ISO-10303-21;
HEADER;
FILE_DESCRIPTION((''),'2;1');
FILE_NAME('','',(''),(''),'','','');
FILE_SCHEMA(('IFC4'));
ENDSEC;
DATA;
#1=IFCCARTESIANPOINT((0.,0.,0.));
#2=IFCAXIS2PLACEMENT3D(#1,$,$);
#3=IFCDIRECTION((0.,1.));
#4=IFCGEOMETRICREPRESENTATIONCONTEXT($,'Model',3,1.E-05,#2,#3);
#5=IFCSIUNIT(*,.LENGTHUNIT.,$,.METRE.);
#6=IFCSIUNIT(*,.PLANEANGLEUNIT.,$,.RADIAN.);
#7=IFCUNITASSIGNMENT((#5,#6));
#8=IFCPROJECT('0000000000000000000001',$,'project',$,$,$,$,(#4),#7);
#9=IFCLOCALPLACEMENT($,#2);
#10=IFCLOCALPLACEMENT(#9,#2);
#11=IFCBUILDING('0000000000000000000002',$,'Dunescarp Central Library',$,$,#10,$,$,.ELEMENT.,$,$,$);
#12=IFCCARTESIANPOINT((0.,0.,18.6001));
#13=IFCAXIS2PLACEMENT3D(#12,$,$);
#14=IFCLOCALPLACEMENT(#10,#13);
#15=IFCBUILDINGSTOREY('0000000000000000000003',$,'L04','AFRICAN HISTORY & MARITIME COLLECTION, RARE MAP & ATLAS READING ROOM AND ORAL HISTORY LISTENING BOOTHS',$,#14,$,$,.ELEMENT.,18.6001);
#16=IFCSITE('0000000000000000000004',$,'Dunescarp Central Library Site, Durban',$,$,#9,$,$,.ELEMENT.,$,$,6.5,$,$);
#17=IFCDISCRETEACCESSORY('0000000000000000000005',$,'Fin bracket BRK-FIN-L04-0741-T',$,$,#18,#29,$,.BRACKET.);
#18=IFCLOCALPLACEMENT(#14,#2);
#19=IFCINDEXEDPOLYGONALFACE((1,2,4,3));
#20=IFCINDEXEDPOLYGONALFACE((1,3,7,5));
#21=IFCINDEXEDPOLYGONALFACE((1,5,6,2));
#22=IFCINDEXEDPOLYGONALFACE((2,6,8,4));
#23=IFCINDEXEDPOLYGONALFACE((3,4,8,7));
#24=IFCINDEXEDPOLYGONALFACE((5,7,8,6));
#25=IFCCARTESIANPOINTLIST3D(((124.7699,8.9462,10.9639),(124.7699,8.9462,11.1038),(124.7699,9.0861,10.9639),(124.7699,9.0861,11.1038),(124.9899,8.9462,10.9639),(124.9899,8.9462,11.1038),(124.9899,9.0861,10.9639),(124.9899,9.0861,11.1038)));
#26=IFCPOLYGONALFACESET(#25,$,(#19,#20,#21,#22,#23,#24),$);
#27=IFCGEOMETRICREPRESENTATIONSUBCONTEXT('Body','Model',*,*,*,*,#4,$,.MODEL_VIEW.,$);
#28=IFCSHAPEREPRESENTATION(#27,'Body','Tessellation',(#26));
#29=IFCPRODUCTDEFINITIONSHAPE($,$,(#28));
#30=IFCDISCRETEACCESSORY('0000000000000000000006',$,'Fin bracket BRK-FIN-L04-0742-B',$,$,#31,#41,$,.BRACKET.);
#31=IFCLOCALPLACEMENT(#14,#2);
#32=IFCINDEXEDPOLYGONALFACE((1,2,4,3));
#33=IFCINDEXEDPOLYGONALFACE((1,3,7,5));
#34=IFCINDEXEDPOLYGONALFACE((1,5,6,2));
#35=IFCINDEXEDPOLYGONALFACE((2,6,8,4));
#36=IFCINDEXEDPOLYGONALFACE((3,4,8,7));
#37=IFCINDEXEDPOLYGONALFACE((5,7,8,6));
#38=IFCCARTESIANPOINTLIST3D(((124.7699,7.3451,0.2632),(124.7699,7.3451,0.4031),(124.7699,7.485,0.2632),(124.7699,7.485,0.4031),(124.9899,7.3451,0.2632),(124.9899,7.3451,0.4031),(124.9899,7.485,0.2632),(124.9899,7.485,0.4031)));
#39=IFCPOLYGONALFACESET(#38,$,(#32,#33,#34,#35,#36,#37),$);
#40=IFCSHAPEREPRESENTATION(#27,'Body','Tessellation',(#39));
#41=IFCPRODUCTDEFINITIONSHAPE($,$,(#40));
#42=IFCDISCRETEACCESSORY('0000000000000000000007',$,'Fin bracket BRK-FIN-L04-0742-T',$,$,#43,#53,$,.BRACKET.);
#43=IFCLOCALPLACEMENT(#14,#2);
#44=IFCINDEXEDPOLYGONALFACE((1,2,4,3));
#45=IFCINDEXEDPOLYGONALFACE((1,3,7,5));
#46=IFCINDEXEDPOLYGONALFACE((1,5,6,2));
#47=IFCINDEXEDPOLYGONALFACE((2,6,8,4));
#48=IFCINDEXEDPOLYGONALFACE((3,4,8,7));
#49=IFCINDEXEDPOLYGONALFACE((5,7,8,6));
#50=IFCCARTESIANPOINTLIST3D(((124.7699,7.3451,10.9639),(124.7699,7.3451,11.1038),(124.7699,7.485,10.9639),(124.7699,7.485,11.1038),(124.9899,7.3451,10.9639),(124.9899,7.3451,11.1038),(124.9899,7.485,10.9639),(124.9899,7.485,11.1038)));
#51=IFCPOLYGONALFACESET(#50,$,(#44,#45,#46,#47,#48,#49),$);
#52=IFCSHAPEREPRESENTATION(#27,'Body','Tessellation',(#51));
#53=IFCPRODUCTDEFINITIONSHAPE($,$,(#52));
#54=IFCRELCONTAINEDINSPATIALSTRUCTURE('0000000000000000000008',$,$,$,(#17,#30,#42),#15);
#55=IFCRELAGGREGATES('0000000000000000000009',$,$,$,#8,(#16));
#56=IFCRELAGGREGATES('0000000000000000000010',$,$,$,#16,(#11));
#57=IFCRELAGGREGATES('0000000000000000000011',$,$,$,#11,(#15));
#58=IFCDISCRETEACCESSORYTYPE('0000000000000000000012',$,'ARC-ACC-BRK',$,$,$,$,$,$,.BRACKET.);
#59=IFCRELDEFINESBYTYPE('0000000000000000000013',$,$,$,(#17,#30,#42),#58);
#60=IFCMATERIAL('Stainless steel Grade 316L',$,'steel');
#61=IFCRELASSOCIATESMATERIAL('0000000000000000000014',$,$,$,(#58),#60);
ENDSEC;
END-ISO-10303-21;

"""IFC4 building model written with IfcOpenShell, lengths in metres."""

from ifc_helpers import new_model, si_unit, direction, frame, origin, origin_2d, place, context, subcontext, project, spatial, rectangle, extrude, material, type_object, element, save


model = new_model("IFC4")

# Units and contexts
model_context = context("Model", 3, precision=1e-05, world=origin(), true_north=direction((0.0, 1.0)))
body_context = subcontext(model_context, "Body", "Model", "MODEL_VIEW")
ifc_project = project(units=[si_unit("LENGTHUNIT", "METRE"), si_unit("PLANEANGLEUNIT", "RADIAN")], contexts=[model_context])

# Site, building, storey
site_placement = place(None, origin())
site = spatial("IfcSite", under=ifc_project, at=site_placement, Name="Dunescarp Central Library Site, Durban", CompositionType="ELEMENT", RefElevation=6.5)
building_placement = place(site_placement, origin())
building = spatial("IfcBuilding", under=site, at=building_placement, Name="Dunescarp Central Library", CompositionType="ELEMENT")
storey_placement = place(building_placement, frame((0.0, 0.0, 18.6001)))
storey = spatial("IfcBuildingStorey", under=building, at=storey_placement, Name="L04", Description="AFRICAN HISTORY & MARITIME COLLECTION, RARE MAP & ATLAS READING ROOM AND ORAL HISTORY LISTENING BOOTHS", CompositionType="ELEMENT", Elevation=18.6001)

# Discrete accessories
ifc_material_1 = material(Name="Stainless steel Grade 316L", Category="steel")
discrete_accessory_type = type_object("IfcDiscreteAccessoryType", Name="ARC-ACC-BRK", PredefinedType="BRACKET", material=ifc_material_1)
for number, where, z_axis, x_axis, name in (
    (1, (124.8799, 9.0161, 10.9639), (0.0, 0.0, 1.0), (1.0, 0.0, 0.0), "Fin bracket BRK-FIN-L04-0741-T"),
    (2, (124.8799, 7.415, 0.2632), (0.0, 0.0, 1.0), (1.0, 0.0, 0.0), "Fin bracket BRK-FIN-L04-0742-B"),
    (3, (124.8799, 7.415, 10.9639), (0.0, 0.0, 1.0), (1.0, 0.0, 0.0), "Fin bracket BRK-FIN-L04-0742-T"),
):
    element("IfcDiscreteAccessory", number, at=place(storey_placement, frame(where, z_axis=z_axis, x_axis=x_axis)), inside=storey, type_object=discrete_accessory_type, Name=name, PredefinedType="BRACKET", context=body_context, shape_type="SweptSolid", body=[
        extrude(rectangle(XDim=0.22, YDim=0.1399, at=origin_2d()), origin(), (0.0, 0.0, 1.0), 0.1399),
    ])

save(model, "model.ifc")
